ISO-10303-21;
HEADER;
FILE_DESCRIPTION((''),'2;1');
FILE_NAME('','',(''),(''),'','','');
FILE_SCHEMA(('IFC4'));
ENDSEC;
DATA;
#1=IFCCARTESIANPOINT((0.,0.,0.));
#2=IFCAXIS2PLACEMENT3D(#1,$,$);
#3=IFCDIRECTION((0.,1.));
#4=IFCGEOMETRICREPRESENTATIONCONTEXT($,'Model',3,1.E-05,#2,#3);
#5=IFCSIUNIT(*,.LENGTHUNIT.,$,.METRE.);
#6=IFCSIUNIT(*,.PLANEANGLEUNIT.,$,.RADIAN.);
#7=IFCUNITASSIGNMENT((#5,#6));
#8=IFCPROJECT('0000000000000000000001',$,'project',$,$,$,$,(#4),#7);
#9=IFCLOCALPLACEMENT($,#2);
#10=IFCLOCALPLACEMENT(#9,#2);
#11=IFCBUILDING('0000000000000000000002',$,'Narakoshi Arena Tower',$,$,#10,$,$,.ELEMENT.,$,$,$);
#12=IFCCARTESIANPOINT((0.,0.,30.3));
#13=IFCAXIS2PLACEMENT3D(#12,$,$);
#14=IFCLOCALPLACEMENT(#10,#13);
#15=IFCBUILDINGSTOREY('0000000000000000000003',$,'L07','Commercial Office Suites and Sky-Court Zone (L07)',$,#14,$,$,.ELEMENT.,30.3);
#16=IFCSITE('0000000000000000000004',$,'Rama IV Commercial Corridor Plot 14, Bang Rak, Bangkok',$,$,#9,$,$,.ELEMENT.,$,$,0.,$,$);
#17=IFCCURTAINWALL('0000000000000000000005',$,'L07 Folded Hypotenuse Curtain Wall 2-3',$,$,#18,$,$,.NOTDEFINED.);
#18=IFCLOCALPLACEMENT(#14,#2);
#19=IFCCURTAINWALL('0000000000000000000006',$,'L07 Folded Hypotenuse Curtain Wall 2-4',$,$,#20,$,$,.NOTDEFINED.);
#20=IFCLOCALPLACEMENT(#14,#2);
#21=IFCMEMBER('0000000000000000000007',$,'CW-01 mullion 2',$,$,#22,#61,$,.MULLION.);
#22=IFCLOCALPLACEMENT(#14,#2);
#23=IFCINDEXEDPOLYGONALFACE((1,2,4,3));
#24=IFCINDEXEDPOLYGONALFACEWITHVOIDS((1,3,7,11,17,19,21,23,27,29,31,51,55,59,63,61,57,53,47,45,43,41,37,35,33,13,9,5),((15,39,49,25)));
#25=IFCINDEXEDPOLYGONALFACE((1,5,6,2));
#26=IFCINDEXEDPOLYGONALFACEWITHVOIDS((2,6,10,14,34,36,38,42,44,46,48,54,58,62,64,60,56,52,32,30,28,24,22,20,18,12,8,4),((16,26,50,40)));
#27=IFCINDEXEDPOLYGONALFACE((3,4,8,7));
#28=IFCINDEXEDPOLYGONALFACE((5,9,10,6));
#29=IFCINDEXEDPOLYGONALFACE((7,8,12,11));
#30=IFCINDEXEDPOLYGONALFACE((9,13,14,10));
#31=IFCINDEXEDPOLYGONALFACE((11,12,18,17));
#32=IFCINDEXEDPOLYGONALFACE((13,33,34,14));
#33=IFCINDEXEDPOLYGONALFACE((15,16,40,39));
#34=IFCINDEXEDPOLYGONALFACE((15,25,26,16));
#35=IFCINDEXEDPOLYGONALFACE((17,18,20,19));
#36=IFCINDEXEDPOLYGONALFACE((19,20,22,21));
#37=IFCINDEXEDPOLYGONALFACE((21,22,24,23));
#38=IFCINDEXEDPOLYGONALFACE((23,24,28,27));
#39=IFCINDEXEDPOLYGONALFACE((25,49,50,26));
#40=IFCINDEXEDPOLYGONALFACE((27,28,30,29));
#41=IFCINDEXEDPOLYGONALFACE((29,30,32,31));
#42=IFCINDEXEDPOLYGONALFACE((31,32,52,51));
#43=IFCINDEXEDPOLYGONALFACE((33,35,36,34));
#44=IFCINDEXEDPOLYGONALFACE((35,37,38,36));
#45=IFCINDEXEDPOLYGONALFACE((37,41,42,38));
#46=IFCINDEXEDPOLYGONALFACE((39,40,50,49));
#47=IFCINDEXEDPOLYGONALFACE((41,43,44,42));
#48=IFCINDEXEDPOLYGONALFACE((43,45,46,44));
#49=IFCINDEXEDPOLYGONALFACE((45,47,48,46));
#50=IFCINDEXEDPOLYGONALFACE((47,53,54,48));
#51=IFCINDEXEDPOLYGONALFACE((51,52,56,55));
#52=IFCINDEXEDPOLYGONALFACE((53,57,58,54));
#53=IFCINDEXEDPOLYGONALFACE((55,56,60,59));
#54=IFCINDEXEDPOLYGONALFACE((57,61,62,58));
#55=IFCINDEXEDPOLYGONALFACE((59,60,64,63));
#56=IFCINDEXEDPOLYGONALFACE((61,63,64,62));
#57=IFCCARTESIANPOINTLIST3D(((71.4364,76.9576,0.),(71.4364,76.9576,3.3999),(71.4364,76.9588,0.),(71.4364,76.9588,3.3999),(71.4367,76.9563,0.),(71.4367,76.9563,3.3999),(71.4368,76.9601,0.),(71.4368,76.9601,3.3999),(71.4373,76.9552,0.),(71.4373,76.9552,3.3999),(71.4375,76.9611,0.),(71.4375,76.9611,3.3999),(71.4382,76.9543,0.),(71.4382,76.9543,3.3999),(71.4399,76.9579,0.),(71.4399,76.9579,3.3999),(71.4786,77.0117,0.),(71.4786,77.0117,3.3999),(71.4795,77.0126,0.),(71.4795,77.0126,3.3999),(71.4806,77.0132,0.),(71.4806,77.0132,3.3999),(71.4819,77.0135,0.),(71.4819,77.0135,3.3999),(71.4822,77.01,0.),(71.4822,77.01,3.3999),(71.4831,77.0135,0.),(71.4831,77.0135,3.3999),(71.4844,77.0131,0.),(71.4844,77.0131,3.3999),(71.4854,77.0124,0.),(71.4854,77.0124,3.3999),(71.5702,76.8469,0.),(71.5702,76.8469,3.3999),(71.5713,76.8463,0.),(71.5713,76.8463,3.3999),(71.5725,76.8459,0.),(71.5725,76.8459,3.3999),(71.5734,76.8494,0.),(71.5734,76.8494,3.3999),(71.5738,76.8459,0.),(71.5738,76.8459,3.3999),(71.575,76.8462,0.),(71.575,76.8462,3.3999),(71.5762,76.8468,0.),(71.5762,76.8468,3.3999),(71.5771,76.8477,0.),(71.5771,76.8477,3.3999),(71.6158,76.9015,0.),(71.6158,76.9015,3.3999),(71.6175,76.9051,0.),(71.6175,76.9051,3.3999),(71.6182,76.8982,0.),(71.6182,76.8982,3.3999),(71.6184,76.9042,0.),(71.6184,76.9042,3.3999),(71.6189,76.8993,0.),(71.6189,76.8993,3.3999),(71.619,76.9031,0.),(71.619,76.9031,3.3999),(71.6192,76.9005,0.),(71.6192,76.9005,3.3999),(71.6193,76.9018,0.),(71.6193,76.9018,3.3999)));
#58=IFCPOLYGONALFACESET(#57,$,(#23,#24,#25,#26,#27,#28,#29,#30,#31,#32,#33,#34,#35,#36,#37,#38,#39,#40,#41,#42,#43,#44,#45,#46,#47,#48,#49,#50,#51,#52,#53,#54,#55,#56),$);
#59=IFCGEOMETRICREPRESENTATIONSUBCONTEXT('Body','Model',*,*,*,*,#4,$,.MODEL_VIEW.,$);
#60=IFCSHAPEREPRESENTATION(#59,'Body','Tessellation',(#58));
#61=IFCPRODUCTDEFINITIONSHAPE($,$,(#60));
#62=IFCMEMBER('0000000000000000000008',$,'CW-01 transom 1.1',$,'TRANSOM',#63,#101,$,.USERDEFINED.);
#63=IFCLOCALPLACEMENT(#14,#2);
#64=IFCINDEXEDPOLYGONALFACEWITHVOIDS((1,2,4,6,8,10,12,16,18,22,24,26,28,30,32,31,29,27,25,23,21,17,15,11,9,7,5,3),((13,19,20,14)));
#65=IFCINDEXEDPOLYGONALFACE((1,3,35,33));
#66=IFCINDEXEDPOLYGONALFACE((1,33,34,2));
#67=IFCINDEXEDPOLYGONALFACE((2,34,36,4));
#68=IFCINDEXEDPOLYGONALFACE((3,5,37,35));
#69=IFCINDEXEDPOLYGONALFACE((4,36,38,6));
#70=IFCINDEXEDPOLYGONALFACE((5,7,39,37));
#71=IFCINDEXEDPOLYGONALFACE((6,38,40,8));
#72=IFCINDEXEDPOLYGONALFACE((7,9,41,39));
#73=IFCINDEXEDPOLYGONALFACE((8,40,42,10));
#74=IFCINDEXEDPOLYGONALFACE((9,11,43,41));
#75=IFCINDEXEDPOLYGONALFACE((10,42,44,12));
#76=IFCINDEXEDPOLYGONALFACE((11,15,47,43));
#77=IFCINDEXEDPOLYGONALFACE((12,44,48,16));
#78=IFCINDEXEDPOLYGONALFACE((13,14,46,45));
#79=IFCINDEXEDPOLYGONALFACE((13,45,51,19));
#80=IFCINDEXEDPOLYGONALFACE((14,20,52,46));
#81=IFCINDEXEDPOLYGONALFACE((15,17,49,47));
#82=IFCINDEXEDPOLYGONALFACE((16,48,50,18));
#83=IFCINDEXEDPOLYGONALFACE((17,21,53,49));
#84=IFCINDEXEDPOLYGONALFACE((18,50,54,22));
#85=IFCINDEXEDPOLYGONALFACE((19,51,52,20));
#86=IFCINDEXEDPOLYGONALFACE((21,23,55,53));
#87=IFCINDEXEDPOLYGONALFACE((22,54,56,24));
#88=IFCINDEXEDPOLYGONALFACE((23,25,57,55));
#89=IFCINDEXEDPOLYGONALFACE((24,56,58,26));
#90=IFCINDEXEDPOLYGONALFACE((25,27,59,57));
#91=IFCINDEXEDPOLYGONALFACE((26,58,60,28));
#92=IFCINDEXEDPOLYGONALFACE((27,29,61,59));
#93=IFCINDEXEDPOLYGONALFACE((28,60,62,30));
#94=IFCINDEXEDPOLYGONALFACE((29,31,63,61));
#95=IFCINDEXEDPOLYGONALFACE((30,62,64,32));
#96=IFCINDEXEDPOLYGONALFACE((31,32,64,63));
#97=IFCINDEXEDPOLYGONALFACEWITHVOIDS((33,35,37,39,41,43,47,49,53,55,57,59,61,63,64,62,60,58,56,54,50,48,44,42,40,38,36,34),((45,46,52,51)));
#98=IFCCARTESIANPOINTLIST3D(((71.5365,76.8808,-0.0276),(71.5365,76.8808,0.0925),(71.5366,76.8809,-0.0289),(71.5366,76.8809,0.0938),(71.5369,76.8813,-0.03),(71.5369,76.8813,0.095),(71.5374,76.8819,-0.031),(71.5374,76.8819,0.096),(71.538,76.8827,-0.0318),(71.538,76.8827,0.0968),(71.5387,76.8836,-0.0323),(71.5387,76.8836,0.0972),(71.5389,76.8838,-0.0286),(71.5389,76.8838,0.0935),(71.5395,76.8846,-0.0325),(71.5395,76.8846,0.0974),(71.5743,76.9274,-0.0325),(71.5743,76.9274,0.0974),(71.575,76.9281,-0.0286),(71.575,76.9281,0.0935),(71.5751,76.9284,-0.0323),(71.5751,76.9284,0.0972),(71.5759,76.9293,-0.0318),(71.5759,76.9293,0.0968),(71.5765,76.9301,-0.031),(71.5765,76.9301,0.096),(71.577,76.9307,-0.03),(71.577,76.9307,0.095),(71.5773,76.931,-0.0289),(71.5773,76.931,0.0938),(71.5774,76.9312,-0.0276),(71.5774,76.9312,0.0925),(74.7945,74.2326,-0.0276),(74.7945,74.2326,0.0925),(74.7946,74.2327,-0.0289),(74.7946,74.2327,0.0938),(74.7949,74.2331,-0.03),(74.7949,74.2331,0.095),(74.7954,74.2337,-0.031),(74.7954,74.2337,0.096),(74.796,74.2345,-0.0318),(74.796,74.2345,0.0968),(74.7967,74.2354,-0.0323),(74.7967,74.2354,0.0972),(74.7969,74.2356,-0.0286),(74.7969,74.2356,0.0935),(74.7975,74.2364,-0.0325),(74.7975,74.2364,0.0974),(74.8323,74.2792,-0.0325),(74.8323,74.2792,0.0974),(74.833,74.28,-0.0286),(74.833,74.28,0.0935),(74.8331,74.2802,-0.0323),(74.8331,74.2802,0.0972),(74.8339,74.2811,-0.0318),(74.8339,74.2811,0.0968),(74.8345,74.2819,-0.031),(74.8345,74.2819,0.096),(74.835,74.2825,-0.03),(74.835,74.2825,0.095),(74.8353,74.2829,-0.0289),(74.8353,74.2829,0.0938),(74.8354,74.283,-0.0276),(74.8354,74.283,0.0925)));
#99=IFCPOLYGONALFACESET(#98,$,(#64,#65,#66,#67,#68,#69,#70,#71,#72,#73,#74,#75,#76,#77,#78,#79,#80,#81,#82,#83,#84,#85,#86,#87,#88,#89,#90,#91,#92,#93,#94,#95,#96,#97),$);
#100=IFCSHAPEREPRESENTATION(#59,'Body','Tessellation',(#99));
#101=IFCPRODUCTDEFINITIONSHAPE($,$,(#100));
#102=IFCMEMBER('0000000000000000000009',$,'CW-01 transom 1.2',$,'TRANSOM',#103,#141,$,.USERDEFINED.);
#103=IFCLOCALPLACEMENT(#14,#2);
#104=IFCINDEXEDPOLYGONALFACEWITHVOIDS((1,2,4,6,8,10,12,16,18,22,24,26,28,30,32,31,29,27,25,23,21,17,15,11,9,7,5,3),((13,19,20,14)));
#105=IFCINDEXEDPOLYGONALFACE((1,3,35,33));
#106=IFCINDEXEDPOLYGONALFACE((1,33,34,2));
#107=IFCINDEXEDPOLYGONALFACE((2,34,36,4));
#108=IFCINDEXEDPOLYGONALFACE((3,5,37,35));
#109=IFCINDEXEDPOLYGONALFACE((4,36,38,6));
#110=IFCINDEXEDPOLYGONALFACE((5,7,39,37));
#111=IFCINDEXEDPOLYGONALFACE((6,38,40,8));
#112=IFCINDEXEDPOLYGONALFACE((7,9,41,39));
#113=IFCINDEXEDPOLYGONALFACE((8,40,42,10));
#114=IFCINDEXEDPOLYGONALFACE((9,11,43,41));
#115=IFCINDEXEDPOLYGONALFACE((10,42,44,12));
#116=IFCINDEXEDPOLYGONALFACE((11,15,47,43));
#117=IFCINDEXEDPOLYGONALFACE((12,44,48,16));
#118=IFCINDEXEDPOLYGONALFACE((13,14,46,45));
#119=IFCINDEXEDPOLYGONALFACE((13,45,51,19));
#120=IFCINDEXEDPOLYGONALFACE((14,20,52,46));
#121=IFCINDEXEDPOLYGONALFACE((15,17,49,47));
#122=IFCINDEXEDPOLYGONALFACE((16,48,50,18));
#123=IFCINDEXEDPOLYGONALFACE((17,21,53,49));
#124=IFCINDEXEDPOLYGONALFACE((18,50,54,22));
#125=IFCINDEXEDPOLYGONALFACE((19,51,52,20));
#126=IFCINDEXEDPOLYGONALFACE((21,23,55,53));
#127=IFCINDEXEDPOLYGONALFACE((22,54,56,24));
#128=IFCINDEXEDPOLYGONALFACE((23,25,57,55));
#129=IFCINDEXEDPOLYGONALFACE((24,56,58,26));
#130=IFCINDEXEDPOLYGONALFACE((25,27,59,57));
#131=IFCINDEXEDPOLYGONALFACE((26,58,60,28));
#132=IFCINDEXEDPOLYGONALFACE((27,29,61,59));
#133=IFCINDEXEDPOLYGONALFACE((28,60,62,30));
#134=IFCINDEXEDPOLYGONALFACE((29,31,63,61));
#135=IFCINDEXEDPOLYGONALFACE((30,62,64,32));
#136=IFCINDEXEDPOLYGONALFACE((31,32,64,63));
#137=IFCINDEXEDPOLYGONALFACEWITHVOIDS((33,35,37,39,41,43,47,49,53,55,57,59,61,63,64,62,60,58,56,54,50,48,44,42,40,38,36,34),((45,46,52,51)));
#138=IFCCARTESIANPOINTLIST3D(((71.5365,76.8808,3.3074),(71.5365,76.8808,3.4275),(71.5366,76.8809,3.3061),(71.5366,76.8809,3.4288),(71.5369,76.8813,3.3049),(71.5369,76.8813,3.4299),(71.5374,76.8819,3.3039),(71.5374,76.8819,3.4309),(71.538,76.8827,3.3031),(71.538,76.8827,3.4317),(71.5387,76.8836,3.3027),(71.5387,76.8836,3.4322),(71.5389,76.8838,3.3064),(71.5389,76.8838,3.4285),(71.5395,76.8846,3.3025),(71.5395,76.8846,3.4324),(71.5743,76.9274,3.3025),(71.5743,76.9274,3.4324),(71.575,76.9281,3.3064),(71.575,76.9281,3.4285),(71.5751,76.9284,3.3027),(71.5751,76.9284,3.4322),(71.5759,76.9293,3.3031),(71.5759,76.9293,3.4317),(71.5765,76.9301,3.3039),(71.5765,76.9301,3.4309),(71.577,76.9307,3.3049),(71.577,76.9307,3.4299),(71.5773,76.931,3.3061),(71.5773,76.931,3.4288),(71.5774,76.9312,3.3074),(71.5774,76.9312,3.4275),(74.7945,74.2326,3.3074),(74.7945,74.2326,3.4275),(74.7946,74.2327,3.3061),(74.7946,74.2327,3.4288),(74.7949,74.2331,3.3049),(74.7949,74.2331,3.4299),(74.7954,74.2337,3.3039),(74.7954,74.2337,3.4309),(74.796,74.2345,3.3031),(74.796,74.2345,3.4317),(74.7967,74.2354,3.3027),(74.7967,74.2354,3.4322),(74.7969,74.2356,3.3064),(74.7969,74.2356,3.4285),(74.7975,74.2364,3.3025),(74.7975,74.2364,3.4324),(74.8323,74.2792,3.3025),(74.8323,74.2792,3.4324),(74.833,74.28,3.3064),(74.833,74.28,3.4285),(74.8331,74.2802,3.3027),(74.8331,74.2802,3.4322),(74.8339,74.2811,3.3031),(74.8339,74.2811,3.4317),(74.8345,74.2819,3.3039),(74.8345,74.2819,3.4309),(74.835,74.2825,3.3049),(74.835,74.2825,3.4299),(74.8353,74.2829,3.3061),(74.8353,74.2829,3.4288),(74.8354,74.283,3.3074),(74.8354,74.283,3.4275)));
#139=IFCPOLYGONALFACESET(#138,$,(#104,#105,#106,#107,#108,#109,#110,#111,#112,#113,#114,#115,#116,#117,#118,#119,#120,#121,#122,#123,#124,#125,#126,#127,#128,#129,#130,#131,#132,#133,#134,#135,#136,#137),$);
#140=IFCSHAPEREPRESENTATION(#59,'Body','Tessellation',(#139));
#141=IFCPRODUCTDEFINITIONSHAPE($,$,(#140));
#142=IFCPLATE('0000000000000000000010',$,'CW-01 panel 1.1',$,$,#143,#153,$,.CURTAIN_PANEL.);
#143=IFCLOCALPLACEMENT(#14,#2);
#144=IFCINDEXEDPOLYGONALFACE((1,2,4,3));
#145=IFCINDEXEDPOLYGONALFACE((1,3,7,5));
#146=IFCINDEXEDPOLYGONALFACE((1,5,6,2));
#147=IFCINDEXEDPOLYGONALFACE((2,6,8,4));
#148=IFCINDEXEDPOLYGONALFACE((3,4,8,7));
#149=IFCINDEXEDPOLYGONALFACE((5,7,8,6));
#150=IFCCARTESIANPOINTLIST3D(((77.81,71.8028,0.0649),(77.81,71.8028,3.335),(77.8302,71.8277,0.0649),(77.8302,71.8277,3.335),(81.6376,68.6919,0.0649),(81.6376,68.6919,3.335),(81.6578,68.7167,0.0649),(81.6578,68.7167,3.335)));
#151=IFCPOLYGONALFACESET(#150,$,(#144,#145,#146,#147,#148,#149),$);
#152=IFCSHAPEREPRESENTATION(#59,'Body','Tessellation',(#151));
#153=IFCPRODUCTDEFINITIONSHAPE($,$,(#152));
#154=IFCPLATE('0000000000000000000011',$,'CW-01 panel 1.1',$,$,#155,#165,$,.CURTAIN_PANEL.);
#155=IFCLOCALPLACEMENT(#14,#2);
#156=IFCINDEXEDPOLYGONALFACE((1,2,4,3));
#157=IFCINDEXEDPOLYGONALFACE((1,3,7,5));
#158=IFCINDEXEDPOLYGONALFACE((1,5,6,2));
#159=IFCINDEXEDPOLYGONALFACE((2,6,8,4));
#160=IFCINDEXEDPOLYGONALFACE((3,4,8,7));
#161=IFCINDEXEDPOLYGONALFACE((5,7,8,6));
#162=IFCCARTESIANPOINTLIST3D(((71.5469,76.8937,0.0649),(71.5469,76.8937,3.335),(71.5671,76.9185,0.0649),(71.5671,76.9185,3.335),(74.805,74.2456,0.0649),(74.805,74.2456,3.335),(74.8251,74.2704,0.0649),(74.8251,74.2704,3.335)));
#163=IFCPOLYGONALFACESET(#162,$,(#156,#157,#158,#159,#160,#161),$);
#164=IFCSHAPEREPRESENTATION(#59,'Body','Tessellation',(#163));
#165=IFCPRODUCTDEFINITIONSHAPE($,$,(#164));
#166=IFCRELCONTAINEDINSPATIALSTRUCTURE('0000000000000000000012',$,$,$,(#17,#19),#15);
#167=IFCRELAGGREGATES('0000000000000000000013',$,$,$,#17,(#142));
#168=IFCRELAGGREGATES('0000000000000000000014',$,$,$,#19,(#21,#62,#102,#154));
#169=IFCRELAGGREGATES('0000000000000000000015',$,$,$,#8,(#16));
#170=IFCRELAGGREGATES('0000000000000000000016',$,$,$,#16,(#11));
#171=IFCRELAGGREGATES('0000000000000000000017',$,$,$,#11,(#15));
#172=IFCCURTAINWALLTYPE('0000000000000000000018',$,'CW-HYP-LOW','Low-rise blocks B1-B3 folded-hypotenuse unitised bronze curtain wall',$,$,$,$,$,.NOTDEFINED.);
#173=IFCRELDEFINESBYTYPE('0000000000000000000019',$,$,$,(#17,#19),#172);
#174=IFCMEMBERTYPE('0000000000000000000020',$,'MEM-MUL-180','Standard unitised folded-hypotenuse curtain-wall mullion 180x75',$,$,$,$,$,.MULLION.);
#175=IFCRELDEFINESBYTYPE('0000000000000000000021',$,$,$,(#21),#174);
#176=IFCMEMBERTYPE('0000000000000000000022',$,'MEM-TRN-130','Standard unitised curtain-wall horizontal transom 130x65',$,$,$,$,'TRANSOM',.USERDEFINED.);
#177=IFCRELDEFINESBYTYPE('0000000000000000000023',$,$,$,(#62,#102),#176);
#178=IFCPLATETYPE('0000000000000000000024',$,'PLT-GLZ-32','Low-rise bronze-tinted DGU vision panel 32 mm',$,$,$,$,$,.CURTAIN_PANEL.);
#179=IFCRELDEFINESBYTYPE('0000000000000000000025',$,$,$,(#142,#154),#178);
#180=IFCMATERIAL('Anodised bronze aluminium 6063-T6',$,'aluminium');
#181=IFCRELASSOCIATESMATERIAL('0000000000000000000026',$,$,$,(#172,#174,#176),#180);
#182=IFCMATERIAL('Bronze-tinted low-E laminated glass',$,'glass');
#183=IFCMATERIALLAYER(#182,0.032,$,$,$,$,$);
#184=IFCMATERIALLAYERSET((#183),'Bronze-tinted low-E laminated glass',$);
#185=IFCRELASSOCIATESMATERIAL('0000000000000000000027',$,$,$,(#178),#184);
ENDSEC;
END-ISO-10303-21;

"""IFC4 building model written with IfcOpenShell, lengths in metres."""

from ifc_helpers import new_model, si_unit, direction, frame, origin, origin_2d, place, context, subcontext, project, spatial, rectangle, hollow_rectangle, extrude, material, layer, layer_set, material_profile, profile_set, type_object, element, aggregate, save


model = new_model("IFC4")

# Units and contexts
model_context = context("Model", 3, precision=1e-05, world=origin(), true_north=direction((0.0, 1.0)))
body_context = subcontext(model_context, "Body", "Model", "MODEL_VIEW")
ifc_project = project(units=[si_unit("LENGTHUNIT", "METRE"), si_unit("PLANEANGLEUNIT", "RADIAN")], contexts=[model_context])

# Site, building, storey
site_placement = place(None, origin())
site = spatial("IfcSite", under=ifc_project, at=site_placement, Name="Rama IV Commercial Corridor Plot 14, Bang Rak, Bangkok", CompositionType="ELEMENT", RefElevation=0.0)
building_placement = place(site_placement, origin())
building = spatial("IfcBuilding", under=site, at=building_placement, Name="Narakoshi Arena Tower", CompositionType="ELEMENT")
storey_placement = place(building_placement, frame((0.0, 0.0, 30.3)))
storey = spatial("IfcBuildingStorey", under=building, at=storey_placement, Name="L07", Description="Commercial Office Suites and Sky-Court Zone (L07)", CompositionType="ELEMENT", Elevation=30.3)

# Curtain wall
ifc_material_1 = material(Name="Anodised bronze aluminium 6063-T6", Category="aluminium")
curtain_wall_type = type_object("IfcCurtainWallType", Name="CW-HYP-LOW", Description="Low-rise blocks B1-B3 folded-hypotenuse unitised bronze curtain wall", PredefinedType="NOTDEFINED", material=ifc_material_1)
curtain_wall_1_placement = place(storey_placement, origin())
curtain_wall_1 = element("IfcCurtainWall", 1, at=curtain_wall_1_placement, inside=storey, type_object=curtain_wall_type, Name="L07 Folded Hypotenuse Curtain Wall 2-3", PredefinedType="NOTDEFINED")
ifc_material_profile_1 = material_profile(ifc_material_1, hollow_rectangle(XDim=0.075, YDim=0.1799, WallThickness=0.0039, OuterFilletRadius=0.0049, at=origin_2d()), Name="MUL180x75x4")
ifc_profile_set_1 = profile_set([ifc_material_profile_1], Name="Anodised bronze aluminium 6063-T6")
member_type_1 = type_object("IfcMemberType", Name="MEM-MUL-180", Description="Standard unitised folded-hypotenuse curtain-wall mullion 180x75", PredefinedType="MULLION", material=ifc_profile_set_1)

# Curtain wall, members
curtain_wall_2_placement = place(storey_placement, origin())
curtain_wall_2 = element("IfcCurtainWall", 2, at=curtain_wall_2_placement, inside=storey, type_object=curtain_wall_type, Name="L07 Folded Hypotenuse Curtain Wall 2-4", PredefinedType="NOTDEFINED")
member_1_placement = place(storey_placement, frame((71.5278, 76.9297, 0.0), z_axis=(0.0, 0.0, 1.0), x_axis=(-0.630734, -0.775999, 0.0)))
member_1 = element("IfcMember", 3, at=member_1_placement, type_object=member_type_1, Name="CW-01 mullion 2", PredefinedType="MULLION", context=body_context, shape_type="SweptSolid", body=[
    extrude(hollow_rectangle(XDim=0.075, YDim=0.1799, WallThickness=0.0039, OuterFilletRadius=0.0049, at=origin_2d()), origin(), (0.0, 0.0, 1.0), 3.3999),
])
ifc_material_profile_2 = material_profile(ifc_material_1, hollow_rectangle(XDim=0.0649, YDim=0.1299, WallThickness=0.0039, OuterFilletRadius=0.0049, at=origin_2d()), Name="TRN130x65x4")
ifc_profile_set_2 = profile_set([ifc_material_profile_2], Name="Anodised bronze aluminium 6063-T6")
member_type_2 = type_object("IfcMemberType", Name="MEM-TRN-130", Description="Standard unitised curtain-wall horizontal transom 130x65", ElementType="TRANSOM", PredefinedType="USERDEFINED", material=ifc_profile_set_2)
member_2_placement = place(storey_placement, frame((74.8149, 74.2578, 0.0325), z_axis=(-0.775995, 0.630739, 0.0), x_axis=(-0.630739, -0.775995, 0.0)))
member_2 = element("IfcMember", 4, at=member_2_placement, type_object=member_type_2, Name="CW-01 transom 1.1", ObjectType="TRANSOM", PredefinedType="USERDEFINED", context=body_context, shape_type="SweptSolid", body=[
    extrude(hollow_rectangle(XDim=0.0649, YDim=0.1299, WallThickness=0.0039, OuterFilletRadius=0.0049, at=origin_2d()), origin(), (0.0, 0.0, 1.0), 4.1985),
])
member_3_placement = place(storey_placement, frame((74.8149, 74.2578, 3.3674), z_axis=(-0.775995, 0.630739, 0.0), x_axis=(-0.630739, -0.775995, 0.0)))
member_3 = element("IfcMember", 5, at=member_3_placement, type_object=member_type_2, Name="CW-01 transom 1.2", ObjectType="TRANSOM", PredefinedType="USERDEFINED", context=body_context, shape_type="SweptSolid", body=[
    extrude(hollow_rectangle(XDim=0.0649, YDim=0.1299, WallThickness=0.0039, OuterFilletRadius=0.0049, at=origin_2d()), origin(), (0.0, 0.0, 1.0), 4.1985),
])

# Plates
ifc_material_2 = material(Name="Bronze-tinted low-E laminated glass", Category="glass")
ifc_layer_1 = layer(ifc_material_2, 0.032)
ifc_layer_set_1 = layer_set([ifc_layer_1], Name="Bronze-tinted low-E laminated glass")
plate_type = type_object("IfcPlateType", Name="PLT-GLZ-32", Description="Low-rise bronze-tinted DGU vision panel 32 mm", PredefinedType="CURTAIN_PANEL", material=ifc_layer_set_1)
plate_1_placement = place(storey_placement, frame((79.7339, 70.2598, 0.0649), z_axis=(0.0, 0.0, 1.0), x_axis=(-0.776008, 0.630723, 0.0)))
plate_1 = element("IfcPlate", 6, at=plate_1_placement, type_object=plate_type, Name="CW-01 panel 1.1", PredefinedType="CURTAIN_PANEL", context=body_context, shape_type="SweptSolid", body=[
    extrude(rectangle(XDim=4.9324, YDim=0.032, at=origin_2d()), origin(), (0.0, 0.0, 1.0), 3.27),
])
aggregate(curtain_wall_1, [plate_1])
plate_2_placement = place(storey_placement, frame((73.186, 75.582, 0.0649), z_axis=(0.0, 0.0, 1.0), x_axis=(-0.775999, 0.630734, 0.0)))
plate_2 = element("IfcPlate", 7, at=plate_2_placement, type_object=plate_type, Name="CW-01 panel 1.1", PredefinedType="CURTAIN_PANEL", context=body_context, shape_type="SweptSolid", body=[
    extrude(rectangle(XDim=4.1985, YDim=0.032, at=origin_2d()), origin(), (0.0, 0.0, 1.0), 3.27),
])
aggregate(curtain_wall_2, [member_1, member_2, member_3, plate_2])

save(model, "model.ifc")
